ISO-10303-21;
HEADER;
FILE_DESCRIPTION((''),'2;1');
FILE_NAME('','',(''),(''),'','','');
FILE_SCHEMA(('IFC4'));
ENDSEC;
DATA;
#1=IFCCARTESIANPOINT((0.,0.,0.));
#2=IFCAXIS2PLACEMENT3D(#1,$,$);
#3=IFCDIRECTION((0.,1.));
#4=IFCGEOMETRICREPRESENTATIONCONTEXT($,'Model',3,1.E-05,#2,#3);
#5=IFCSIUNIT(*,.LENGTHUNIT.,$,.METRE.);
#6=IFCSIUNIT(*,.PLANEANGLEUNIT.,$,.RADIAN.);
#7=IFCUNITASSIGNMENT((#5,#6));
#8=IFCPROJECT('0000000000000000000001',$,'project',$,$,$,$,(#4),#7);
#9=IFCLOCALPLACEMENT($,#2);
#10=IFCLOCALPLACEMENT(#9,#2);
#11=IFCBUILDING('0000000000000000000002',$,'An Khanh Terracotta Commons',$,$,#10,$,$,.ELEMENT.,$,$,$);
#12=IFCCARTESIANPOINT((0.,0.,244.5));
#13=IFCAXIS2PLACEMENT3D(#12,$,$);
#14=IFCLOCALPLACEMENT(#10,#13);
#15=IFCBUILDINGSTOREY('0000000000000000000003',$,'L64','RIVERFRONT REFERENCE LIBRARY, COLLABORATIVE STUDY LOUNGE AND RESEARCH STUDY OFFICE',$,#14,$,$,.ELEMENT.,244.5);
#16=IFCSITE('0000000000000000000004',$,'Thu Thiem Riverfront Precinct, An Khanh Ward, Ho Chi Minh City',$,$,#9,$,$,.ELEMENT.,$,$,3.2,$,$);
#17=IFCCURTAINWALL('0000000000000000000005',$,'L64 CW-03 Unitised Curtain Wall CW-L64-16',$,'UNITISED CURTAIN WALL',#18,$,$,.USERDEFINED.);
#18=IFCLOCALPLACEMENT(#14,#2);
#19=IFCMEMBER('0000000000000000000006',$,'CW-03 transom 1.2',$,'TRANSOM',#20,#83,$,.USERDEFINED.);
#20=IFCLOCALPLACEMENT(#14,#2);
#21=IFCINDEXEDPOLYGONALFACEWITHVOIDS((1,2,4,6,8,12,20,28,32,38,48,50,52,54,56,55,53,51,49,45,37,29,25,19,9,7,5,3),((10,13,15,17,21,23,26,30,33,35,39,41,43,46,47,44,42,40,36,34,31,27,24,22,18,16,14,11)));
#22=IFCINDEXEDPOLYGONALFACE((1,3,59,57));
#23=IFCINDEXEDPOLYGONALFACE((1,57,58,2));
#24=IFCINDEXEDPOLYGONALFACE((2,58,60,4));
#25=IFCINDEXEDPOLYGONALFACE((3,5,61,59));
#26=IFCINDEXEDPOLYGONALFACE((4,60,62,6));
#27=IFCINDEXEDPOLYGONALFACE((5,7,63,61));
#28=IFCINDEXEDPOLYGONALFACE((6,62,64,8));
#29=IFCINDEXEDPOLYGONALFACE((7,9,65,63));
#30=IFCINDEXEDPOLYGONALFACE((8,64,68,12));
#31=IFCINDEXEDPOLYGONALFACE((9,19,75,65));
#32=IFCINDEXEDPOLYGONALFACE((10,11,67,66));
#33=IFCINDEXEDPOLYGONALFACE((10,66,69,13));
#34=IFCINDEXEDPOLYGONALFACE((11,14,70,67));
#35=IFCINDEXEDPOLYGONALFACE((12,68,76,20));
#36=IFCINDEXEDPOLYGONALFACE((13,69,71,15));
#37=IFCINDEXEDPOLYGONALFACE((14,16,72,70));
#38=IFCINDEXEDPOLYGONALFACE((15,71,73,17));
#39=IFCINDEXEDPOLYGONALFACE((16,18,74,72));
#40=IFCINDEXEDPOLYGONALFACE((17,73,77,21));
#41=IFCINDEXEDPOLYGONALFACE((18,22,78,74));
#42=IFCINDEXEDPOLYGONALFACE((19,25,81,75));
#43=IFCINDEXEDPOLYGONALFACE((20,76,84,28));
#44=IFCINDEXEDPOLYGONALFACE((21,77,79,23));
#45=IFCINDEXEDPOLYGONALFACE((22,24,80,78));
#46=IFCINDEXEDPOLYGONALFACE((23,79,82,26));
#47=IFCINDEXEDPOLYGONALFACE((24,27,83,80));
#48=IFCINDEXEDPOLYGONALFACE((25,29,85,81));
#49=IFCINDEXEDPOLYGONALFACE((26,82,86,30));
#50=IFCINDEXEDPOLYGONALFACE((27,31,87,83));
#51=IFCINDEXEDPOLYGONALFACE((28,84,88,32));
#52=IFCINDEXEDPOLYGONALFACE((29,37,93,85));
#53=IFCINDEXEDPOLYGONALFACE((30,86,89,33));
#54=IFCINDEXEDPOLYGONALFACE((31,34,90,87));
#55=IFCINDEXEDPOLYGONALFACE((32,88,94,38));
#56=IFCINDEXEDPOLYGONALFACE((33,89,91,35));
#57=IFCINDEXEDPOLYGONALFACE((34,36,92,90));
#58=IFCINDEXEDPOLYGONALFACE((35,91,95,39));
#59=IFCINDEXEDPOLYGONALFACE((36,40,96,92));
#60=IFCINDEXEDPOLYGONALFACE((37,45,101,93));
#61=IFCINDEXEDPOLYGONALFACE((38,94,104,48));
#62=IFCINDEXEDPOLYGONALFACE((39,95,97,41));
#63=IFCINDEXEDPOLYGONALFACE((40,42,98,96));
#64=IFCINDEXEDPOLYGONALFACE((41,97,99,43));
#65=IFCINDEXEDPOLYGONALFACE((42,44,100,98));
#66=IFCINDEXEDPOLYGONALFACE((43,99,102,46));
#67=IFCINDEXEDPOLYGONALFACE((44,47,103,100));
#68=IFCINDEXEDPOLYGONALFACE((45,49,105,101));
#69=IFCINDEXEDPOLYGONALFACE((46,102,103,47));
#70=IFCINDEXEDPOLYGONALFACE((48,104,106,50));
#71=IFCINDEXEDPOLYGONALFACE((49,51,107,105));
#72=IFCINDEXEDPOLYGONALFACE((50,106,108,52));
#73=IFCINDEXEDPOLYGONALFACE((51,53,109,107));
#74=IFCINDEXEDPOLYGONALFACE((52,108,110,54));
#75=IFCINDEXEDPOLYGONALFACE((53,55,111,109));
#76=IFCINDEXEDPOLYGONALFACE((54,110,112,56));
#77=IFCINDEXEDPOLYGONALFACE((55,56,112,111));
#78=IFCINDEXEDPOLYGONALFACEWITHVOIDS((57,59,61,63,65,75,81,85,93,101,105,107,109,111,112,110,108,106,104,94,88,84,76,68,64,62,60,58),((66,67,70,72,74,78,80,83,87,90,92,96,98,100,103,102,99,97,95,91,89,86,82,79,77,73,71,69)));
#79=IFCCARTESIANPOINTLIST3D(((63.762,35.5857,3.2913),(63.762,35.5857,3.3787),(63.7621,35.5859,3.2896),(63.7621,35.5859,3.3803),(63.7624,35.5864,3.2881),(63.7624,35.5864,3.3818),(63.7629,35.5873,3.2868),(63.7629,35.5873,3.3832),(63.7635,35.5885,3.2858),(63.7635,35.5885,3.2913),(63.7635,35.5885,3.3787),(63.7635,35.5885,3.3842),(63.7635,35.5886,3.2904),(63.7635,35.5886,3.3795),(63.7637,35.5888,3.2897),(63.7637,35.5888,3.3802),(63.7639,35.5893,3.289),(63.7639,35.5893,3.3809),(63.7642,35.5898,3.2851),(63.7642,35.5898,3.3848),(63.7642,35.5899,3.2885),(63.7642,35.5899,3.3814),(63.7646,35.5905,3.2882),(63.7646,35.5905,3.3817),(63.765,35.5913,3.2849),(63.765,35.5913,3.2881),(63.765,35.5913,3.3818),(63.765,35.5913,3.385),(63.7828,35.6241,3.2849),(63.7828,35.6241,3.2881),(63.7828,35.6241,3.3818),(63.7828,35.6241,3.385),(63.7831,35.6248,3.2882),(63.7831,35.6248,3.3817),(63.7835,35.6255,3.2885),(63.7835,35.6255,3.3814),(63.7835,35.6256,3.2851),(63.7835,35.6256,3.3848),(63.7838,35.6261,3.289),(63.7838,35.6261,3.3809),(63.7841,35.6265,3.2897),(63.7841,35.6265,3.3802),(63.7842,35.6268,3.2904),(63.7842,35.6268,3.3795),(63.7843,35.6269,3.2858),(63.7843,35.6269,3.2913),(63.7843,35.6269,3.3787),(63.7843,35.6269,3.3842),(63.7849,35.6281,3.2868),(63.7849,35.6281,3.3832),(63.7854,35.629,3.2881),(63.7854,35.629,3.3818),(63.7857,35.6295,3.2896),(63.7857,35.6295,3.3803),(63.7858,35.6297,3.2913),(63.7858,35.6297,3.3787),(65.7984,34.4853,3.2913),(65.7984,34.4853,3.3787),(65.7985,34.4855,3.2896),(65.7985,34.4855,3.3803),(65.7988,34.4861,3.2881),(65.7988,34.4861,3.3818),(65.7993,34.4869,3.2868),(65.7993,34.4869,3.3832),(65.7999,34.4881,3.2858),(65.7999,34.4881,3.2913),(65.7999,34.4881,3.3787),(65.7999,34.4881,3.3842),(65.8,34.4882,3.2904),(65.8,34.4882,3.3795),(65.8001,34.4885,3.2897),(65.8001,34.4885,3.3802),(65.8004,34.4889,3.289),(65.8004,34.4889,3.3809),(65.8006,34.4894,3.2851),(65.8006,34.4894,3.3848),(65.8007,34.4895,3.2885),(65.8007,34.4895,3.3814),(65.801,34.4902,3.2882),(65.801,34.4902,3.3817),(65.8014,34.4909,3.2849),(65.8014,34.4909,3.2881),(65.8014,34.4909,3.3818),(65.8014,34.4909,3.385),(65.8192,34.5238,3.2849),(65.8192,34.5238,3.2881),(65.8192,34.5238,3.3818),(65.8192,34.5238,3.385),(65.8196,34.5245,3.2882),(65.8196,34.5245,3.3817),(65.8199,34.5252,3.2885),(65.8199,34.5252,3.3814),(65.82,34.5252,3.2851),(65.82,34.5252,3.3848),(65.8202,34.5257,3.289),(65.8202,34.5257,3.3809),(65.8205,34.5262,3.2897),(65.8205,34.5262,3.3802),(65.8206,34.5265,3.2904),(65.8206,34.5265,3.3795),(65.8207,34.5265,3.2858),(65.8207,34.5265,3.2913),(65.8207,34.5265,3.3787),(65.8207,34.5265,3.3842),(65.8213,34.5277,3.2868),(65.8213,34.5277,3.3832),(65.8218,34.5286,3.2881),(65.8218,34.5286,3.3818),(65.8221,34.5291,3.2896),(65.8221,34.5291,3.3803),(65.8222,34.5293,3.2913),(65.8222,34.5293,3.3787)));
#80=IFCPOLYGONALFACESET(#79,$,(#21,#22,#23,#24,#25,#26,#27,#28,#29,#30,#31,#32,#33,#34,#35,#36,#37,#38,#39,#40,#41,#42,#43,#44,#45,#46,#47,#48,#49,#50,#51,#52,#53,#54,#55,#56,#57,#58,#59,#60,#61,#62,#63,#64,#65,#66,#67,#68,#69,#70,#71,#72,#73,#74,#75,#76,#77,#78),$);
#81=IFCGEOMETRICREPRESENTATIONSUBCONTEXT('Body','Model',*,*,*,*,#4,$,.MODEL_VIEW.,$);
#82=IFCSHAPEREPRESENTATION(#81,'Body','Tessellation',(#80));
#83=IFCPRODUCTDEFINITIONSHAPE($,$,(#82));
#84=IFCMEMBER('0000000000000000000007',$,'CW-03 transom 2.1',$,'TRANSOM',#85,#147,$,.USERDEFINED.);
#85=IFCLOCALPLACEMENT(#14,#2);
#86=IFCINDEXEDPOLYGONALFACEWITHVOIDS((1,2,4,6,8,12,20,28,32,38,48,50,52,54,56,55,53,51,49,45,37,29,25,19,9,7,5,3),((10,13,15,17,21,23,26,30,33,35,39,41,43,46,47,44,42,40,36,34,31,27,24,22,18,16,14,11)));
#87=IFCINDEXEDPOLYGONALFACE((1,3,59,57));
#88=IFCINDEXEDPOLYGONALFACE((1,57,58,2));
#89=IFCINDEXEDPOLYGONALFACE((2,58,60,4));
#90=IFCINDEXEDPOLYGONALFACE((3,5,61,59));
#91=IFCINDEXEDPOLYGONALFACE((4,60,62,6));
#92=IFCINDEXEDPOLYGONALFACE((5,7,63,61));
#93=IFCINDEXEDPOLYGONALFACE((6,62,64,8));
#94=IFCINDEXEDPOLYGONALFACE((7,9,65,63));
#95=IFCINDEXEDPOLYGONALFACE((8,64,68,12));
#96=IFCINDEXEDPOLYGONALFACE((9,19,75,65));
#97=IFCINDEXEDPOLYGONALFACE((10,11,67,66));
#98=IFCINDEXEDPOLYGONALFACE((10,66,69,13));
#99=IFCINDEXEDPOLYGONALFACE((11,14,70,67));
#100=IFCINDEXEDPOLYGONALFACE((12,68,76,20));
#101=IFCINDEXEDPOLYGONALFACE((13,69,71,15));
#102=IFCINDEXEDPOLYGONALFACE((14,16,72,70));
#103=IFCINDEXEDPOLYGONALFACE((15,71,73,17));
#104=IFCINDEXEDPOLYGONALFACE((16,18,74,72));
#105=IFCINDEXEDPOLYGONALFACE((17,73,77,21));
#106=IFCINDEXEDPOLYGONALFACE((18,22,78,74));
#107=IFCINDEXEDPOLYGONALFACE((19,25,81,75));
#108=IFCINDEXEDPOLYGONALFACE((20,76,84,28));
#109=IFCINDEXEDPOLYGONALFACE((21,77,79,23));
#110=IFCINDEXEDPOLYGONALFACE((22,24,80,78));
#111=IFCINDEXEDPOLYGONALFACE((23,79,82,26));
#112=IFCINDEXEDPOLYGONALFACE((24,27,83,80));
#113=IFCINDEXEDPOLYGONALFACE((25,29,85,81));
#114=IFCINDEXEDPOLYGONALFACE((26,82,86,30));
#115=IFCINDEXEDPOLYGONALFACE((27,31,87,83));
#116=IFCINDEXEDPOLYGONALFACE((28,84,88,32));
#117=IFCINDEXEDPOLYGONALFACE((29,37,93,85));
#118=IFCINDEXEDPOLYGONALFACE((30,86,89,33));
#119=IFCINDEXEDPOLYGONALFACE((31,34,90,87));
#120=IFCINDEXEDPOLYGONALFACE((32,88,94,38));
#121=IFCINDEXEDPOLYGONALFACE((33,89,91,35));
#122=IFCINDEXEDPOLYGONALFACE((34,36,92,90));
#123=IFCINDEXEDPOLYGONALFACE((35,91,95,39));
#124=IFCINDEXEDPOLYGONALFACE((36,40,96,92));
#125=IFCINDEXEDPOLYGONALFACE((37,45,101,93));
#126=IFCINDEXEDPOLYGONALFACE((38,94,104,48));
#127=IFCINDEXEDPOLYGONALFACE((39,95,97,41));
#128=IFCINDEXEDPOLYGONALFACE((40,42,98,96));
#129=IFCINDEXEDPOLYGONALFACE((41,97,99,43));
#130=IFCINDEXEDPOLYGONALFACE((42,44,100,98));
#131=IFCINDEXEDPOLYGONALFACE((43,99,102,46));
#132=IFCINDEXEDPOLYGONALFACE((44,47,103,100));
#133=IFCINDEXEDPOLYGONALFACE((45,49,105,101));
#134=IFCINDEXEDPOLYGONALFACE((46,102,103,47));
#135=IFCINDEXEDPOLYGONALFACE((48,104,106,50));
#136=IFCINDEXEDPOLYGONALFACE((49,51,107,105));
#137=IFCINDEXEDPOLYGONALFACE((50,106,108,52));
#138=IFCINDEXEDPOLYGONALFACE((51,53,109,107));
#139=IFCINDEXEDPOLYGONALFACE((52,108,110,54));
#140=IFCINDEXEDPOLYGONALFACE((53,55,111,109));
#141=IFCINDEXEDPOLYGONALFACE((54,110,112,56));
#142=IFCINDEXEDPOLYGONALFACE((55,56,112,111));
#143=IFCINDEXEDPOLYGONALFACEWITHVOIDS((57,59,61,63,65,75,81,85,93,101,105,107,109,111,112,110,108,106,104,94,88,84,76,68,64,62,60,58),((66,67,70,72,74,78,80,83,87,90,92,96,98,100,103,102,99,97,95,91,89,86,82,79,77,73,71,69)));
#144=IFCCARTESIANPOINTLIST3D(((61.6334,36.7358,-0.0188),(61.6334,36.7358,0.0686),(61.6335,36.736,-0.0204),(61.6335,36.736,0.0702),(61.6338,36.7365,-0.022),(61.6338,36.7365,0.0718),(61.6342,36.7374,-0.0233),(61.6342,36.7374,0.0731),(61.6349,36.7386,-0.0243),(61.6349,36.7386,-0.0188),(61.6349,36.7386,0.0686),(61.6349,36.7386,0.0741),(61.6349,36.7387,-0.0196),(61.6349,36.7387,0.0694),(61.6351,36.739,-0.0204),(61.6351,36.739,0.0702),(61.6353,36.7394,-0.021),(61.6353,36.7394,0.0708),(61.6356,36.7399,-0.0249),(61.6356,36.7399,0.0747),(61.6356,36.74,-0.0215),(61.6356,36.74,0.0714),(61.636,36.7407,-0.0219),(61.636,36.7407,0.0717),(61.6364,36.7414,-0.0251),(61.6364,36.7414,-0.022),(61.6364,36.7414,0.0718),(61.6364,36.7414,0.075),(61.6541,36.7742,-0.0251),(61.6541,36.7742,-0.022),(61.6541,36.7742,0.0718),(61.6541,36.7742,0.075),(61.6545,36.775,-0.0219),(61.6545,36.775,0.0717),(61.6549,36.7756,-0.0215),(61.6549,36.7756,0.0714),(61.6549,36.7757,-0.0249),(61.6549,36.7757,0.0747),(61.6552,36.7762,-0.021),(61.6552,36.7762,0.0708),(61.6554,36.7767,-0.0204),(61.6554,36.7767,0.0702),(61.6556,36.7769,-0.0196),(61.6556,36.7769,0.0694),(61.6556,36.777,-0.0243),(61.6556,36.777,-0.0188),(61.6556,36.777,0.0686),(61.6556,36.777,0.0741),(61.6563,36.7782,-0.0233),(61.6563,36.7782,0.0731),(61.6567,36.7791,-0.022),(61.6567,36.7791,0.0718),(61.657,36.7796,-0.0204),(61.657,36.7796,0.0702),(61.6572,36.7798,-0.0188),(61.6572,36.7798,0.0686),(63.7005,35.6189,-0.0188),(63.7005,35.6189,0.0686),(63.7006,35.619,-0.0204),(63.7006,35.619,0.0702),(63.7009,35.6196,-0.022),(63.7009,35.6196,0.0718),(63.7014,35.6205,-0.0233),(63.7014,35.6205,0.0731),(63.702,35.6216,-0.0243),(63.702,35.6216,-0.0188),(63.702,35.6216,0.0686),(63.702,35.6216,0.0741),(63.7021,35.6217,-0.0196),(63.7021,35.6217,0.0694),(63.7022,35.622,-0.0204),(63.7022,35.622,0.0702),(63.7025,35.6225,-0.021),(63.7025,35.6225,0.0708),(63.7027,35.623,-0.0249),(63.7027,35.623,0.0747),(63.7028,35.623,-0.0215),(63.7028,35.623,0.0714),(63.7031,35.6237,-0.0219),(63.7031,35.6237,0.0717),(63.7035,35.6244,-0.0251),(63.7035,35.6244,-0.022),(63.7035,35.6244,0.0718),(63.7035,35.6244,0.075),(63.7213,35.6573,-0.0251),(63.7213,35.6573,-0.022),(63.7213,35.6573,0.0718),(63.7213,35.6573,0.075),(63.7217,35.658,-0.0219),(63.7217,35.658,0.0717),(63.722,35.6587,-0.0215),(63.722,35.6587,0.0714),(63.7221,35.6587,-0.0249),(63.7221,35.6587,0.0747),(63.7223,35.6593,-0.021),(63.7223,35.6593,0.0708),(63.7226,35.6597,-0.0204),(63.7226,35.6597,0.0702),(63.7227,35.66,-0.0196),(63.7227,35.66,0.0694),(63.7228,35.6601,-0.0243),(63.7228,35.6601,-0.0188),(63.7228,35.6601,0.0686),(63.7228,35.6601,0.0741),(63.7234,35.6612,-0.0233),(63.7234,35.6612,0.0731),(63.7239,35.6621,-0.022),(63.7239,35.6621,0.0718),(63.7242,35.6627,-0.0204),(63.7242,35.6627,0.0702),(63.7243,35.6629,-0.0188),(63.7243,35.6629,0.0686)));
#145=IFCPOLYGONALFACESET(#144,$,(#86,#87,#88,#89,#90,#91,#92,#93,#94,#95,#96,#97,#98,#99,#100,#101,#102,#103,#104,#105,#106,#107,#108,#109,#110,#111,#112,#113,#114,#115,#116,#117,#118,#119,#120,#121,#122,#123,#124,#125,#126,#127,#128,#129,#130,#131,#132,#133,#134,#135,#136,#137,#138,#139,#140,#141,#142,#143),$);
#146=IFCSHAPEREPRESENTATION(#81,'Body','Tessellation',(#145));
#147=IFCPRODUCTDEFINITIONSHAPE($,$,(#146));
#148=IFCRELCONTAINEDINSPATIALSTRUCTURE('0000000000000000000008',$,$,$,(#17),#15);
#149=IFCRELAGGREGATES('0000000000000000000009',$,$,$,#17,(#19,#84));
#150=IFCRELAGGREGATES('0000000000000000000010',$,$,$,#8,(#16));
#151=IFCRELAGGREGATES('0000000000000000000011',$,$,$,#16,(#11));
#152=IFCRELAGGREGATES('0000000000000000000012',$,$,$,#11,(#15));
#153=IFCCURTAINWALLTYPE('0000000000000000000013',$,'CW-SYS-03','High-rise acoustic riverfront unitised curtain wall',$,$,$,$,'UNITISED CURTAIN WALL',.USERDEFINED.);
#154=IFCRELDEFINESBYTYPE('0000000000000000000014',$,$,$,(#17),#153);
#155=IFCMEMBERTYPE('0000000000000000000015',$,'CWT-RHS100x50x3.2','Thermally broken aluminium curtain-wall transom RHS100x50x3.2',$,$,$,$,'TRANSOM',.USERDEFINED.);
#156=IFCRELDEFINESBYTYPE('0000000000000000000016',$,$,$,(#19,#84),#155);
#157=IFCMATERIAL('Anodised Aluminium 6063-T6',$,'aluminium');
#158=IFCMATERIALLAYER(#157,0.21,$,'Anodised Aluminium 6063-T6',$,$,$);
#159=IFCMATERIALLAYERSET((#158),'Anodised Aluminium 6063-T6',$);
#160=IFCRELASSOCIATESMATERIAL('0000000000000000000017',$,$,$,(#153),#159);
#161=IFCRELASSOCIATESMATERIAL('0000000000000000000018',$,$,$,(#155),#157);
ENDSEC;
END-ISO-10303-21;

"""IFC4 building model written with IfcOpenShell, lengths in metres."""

from ifc_helpers import new_model, si_unit, direction, frame, origin, origin_2d, place, context, subcontext, project, spatial, hollow_rectangle, extrude, material, layer, layer_set, material_profile, profile_set, type_object, element, aggregate, save


model = new_model("IFC4")

# Units and contexts
model_context = context("Model", 3, precision=1e-05, world=origin(), true_north=direction((0.0, 1.0)))
body_context = subcontext(model_context, "Body", "Model", "MODEL_VIEW")
ifc_project = project(units=[si_unit("LENGTHUNIT", "METRE"), si_unit("PLANEANGLEUNIT", "RADIAN")], contexts=[model_context])

# Site, building, storey
site_placement = place(None, origin())
site = spatial("IfcSite", under=ifc_project, at=site_placement, Name="Thu Thiem Riverfront Precinct, An Khanh Ward, Ho Chi Minh City", CompositionType="ELEMENT", RefElevation=3.2)
building_placement = place(site_placement, origin())
building = spatial("IfcBuilding", under=site, at=building_placement, Name="An Khanh Terracotta Commons", CompositionType="ELEMENT")
storey_placement = place(building_placement, frame((0.0, 0.0, 244.5)))
storey = spatial("IfcBuildingStorey", under=building, at=storey_placement, Name="L64", Description="RIVERFRONT REFERENCE LIBRARY, COLLABORATIVE STUDY LOUNGE AND RESEARCH STUDY OFFICE", CompositionType="ELEMENT", Elevation=244.5)

# Curtain wall
ifc_material_1 = material(Name="Anodised Aluminium 6063-T6", Category="aluminium")
ifc_layer_1 = layer(ifc_material_1, 0.21, Name="Anodised Aluminium 6063-T6")
ifc_layer_set_1 = layer_set([ifc_layer_1], Name="Anodised Aluminium 6063-T6")
curtain_wall_type = type_object("IfcCurtainWallType", Name="CW-SYS-03", Description="High-rise acoustic riverfront unitised curtain wall", ElementType="UNITISED CURTAIN WALL", PredefinedType="USERDEFINED", material=ifc_layer_set_1)
curtain_wall_1_placement = place(storey_placement, origin())
curtain_wall_1 = element("IfcCurtainWall", 1, at=curtain_wall_1_placement, inside=storey, type_object=curtain_wall_type, Name="L64 CW-03 Unitised Curtain Wall CW-L64-16", ObjectType="UNITISED CURTAIN WALL", PredefinedType="USERDEFINED")

# Members
ifc_material_profile_1 = material_profile(ifc_material_1, hollow_rectangle(XDim=0.05, YDim=0.1001, WallThickness=0.0032, InnerFilletRadius=0.0032, OuterFilletRadius=0.0063, at=origin_2d()), Name="RHS100x50x3.2")
ifc_profile_set_1 = profile_set([ifc_material_profile_1], Name="Anodised Aluminium 6063-T6")
member_type_1 = type_object("IfcMemberType", Name="CWT-RHS100x50x3.2", Description="Thermally broken aluminium curtain-wall transom RHS100x50x3.2", ElementType="TRANSOM", PredefinedType="USERDEFINED", material=ifc_profile_set_1)
member_1_placement = place(storey_placement, frame((65.8103, 34.5073, 3.335), z_axis=(-0.879779, 0.475382, 0.0), x_axis=(-0.475382, -0.879779, 0.0)))
member_1 = element("IfcMember", 2, at=member_1_placement, type_object=member_type_1, Name="CW-03 transom 1.2", ObjectType="TRANSOM", PredefinedType="USERDEFINED", context=body_context, shape_type="SweptSolid", body=[
    extrude(hollow_rectangle(XDim=0.05, YDim=0.1001, WallThickness=0.0032, InnerFilletRadius=0.0032, OuterFilletRadius=0.0063, at=origin_2d()), origin(), (0.0, 0.0, 1.0), 2.3147),
])
member_2_placement = place(storey_placement, frame((63.7124, 35.6409, 0.0249), z_axis=(-0.879783, 0.475376, 0.0), x_axis=(-0.475376, -0.879783, 0.0)))
member_2 = element("IfcMember", 3, at=member_2_placement, type_object=member_type_1, Name="CW-03 transom 2.1", ObjectType="TRANSOM", PredefinedType="USERDEFINED", context=body_context, shape_type="SweptSolid", body=[
    extrude(hollow_rectangle(XDim=0.05, YDim=0.1001, WallThickness=0.0032, InnerFilletRadius=0.0032, OuterFilletRadius=0.0063, at=origin_2d()), origin(), (0.0, 0.0, 1.0), 2.3496),
])

aggregate(curtain_wall_1, [member_1, member_2])

save(model, "model.ifc")
